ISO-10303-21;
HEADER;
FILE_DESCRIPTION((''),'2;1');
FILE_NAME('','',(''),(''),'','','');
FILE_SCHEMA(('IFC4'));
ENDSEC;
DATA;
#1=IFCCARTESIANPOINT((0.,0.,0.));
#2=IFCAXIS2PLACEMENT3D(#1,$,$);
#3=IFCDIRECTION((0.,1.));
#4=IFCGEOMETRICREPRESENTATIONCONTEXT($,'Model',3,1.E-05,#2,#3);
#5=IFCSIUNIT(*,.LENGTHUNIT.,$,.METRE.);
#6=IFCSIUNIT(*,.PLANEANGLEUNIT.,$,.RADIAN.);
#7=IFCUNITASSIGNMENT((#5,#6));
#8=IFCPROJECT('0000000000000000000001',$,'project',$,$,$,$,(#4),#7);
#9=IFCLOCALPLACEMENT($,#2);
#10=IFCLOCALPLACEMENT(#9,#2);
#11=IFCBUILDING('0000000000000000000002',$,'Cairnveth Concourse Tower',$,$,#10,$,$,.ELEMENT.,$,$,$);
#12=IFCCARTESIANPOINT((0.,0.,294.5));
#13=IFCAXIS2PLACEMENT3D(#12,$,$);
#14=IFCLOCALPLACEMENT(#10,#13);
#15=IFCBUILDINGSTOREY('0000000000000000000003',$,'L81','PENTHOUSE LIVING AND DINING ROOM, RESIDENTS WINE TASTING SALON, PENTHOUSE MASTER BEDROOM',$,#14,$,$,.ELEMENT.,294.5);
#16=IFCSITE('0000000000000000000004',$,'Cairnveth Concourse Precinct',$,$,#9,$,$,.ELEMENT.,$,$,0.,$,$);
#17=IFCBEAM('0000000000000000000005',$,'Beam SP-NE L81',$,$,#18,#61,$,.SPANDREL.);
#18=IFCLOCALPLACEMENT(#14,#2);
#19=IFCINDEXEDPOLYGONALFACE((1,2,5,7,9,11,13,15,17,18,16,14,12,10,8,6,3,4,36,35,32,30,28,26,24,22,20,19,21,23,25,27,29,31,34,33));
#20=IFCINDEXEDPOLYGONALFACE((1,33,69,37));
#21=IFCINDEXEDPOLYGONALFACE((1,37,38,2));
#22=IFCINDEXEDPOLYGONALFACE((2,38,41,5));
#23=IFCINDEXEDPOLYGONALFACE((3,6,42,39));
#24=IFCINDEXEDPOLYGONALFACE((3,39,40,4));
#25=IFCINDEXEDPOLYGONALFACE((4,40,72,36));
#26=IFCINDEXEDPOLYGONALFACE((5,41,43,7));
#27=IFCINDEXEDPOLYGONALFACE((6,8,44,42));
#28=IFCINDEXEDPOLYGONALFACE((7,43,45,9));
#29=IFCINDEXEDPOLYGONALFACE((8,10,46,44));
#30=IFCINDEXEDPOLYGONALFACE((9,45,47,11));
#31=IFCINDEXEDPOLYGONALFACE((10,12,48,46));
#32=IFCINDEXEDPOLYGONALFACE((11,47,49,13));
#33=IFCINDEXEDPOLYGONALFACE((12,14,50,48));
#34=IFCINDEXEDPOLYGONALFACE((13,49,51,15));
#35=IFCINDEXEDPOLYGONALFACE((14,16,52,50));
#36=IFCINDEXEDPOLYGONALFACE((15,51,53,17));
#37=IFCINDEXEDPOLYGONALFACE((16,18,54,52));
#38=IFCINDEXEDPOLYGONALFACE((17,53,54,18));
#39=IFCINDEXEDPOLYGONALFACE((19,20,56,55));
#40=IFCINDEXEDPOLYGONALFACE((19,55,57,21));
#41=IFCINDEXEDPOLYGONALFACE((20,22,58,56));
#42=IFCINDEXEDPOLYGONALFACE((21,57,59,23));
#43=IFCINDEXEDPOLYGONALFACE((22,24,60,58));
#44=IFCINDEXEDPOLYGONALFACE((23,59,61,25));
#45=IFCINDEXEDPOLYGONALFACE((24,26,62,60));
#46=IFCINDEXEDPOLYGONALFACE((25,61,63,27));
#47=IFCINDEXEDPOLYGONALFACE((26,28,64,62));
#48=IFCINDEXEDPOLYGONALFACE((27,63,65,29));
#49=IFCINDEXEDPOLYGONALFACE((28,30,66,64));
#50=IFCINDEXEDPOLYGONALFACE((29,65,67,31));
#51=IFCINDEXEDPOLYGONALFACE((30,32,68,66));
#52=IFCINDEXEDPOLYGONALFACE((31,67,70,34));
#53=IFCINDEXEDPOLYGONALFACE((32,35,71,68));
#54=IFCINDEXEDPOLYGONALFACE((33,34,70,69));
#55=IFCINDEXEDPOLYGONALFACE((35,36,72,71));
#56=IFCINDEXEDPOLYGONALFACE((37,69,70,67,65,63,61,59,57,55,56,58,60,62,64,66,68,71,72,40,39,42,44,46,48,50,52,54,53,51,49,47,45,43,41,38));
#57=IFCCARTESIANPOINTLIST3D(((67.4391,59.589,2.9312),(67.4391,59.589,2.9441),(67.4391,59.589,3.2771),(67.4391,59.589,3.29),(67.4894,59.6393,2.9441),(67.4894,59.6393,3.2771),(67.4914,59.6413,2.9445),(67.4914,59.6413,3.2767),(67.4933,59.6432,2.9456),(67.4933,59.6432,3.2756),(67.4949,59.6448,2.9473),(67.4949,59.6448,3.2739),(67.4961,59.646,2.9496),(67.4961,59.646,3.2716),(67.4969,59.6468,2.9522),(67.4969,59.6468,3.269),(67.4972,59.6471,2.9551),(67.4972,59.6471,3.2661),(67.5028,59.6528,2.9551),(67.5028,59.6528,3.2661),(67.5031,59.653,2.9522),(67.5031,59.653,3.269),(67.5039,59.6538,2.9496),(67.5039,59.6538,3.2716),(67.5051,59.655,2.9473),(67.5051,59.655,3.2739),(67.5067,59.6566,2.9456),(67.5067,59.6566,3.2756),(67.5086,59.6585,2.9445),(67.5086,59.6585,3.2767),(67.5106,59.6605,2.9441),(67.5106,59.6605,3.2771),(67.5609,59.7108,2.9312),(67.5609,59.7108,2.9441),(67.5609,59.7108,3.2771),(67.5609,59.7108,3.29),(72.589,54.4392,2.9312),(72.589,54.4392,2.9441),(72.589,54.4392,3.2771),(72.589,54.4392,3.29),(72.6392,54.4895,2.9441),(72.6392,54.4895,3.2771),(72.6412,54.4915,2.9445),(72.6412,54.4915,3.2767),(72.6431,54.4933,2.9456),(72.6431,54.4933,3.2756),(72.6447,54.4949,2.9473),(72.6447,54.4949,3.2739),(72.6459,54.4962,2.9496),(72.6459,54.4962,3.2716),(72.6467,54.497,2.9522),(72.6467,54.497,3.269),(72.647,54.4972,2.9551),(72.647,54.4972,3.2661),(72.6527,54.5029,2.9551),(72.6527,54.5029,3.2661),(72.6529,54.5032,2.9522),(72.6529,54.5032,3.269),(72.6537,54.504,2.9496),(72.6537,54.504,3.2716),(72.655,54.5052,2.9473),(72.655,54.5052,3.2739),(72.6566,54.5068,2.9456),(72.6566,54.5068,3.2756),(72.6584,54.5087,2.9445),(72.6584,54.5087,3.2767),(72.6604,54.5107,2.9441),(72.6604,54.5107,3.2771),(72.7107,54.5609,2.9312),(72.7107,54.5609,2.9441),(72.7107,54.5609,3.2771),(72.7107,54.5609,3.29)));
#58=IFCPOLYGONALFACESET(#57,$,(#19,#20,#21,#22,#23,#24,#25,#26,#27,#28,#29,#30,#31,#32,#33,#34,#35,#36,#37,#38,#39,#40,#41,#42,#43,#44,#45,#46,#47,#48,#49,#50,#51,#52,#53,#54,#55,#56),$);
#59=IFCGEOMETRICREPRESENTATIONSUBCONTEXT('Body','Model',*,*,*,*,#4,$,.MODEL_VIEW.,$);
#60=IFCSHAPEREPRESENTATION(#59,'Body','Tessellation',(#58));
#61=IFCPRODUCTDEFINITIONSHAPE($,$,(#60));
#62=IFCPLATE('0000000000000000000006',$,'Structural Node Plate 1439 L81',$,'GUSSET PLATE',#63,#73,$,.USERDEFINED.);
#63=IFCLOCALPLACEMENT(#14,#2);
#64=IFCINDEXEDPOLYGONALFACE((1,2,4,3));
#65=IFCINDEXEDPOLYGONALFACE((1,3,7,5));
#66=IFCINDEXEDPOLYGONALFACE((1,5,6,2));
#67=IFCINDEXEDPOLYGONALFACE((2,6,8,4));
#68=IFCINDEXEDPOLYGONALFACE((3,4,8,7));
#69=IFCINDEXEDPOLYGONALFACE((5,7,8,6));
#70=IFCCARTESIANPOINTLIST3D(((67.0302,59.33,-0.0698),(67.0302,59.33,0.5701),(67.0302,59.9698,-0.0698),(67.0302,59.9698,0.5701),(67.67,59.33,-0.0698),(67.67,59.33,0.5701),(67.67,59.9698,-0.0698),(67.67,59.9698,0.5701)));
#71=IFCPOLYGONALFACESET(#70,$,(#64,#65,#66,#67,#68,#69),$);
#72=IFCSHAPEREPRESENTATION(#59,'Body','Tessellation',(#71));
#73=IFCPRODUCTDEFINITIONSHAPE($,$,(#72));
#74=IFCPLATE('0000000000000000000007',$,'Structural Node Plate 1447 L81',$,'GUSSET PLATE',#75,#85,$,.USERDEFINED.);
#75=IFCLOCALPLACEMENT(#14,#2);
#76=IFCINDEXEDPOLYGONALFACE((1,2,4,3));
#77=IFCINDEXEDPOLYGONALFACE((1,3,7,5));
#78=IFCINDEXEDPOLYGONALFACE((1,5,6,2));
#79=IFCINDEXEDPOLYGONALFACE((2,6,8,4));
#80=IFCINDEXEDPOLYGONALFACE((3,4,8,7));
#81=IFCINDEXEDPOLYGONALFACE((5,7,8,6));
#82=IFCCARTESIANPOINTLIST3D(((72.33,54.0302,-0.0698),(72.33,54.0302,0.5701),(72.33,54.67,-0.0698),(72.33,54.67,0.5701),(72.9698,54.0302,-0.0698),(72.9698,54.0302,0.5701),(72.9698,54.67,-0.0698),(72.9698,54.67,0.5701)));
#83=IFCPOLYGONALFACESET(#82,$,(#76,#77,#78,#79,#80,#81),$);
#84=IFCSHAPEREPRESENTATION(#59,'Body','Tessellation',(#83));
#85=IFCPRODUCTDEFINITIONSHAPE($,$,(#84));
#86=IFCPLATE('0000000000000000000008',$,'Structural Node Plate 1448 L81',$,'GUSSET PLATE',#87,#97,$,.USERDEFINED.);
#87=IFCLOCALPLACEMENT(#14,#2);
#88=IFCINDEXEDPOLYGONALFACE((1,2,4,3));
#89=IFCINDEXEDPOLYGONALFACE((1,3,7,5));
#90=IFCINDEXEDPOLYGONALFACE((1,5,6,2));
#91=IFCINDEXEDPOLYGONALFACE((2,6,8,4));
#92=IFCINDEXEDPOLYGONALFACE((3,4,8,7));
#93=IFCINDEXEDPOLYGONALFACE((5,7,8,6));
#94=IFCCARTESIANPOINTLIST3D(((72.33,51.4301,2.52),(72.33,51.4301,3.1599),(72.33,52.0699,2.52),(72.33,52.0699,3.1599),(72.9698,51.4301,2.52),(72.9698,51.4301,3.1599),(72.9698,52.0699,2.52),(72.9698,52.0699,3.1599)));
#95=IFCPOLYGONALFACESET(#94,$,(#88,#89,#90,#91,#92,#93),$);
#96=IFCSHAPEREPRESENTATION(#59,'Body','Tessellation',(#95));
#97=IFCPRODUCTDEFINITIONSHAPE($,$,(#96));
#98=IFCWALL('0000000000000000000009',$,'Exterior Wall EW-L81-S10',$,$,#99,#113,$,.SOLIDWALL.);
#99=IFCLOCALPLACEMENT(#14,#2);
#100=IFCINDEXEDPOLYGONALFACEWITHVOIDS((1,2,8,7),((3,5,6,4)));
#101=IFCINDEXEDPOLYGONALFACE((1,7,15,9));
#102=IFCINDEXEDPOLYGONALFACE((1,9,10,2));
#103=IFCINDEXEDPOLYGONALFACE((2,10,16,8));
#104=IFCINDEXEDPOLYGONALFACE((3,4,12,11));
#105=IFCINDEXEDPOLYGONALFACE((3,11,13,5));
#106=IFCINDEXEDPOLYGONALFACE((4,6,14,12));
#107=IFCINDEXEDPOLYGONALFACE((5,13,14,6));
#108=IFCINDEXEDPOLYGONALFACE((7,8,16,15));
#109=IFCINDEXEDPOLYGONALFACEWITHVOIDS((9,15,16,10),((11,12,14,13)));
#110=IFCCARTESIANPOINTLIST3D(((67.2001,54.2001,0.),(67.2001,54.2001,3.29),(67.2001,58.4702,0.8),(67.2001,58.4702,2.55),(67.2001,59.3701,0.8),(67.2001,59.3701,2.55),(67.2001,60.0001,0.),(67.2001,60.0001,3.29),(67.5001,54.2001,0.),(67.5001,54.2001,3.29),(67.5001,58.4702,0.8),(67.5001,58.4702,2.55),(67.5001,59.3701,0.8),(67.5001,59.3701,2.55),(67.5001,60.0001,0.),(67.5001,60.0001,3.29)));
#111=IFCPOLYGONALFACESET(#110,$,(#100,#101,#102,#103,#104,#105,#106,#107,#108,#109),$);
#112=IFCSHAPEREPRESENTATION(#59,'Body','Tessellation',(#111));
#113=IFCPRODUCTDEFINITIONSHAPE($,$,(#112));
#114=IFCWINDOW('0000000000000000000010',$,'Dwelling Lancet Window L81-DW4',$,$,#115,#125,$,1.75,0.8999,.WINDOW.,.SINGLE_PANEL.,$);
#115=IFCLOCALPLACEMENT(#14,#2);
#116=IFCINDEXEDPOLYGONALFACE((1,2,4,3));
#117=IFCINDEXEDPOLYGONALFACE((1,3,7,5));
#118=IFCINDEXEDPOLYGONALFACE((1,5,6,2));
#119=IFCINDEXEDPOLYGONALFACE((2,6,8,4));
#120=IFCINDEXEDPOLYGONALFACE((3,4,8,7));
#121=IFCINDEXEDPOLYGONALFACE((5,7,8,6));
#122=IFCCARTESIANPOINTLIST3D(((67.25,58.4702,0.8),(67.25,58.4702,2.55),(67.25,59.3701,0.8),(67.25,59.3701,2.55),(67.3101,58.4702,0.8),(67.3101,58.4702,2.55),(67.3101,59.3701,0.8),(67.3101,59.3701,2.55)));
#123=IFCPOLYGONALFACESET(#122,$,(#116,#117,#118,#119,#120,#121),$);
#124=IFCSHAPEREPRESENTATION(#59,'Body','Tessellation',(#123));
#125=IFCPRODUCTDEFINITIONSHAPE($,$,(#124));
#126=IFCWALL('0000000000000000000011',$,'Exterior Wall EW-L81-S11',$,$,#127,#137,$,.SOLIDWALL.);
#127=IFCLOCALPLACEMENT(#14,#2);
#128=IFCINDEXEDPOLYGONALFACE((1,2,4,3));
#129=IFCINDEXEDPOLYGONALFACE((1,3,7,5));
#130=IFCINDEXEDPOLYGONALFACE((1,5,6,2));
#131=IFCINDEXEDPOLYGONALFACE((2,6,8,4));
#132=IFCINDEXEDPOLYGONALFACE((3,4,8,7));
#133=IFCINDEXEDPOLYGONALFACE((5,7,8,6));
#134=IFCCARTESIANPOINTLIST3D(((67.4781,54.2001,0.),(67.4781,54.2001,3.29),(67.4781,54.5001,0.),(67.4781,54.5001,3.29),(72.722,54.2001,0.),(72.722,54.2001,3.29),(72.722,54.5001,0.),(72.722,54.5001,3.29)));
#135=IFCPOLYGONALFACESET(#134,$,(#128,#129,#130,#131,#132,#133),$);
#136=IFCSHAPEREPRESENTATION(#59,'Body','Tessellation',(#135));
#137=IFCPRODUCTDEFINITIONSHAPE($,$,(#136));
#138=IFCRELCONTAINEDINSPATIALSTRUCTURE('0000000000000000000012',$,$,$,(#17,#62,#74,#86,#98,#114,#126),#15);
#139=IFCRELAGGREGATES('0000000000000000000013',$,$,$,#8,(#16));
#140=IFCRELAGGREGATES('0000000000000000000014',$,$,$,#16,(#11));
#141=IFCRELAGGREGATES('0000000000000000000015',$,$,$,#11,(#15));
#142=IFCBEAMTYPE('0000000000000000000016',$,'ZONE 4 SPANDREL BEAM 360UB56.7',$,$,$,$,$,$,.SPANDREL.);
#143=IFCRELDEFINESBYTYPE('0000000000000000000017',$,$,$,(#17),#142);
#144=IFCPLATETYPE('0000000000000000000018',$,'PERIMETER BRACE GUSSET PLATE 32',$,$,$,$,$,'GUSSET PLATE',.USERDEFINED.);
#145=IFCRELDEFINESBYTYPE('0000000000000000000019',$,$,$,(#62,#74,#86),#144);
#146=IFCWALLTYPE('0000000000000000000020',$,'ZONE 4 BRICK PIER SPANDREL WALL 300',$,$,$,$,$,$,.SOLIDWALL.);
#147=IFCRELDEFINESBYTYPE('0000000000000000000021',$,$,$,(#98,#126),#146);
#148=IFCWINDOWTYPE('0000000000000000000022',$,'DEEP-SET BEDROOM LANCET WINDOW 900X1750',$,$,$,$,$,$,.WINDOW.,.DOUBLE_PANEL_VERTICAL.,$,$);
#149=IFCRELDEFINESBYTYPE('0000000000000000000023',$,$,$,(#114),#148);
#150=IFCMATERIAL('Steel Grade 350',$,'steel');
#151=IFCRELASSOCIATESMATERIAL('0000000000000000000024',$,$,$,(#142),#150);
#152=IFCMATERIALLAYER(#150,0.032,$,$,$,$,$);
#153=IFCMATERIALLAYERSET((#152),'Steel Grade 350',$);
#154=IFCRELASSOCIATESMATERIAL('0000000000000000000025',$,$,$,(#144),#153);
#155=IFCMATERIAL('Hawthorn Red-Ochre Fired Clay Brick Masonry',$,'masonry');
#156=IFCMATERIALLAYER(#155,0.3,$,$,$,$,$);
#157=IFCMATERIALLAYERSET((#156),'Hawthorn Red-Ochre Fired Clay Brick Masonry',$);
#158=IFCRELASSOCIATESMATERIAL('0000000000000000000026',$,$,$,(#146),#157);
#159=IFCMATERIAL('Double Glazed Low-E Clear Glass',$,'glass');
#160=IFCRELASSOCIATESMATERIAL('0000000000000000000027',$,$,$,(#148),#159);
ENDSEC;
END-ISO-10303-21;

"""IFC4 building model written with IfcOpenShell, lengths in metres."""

from ifc_helpers import new_model, si_unit, direction, frame, frame_2d, origin, origin_2d, place, context, subcontext, project, spatial, rectangle, i_section, extrude, material, layer, layer_set, material_profile, profile_set, type_object, element, fill, save


model = new_model("IFC4")

# Units and contexts
model_context = context("Model", 3, precision=1e-05, world=origin(), true_north=direction((0.0, 1.0)))
body_context = subcontext(model_context, "Body", "Model", "MODEL_VIEW")
ifc_project = project(units=[si_unit("LENGTHUNIT", "METRE"), si_unit("PLANEANGLEUNIT", "RADIAN")], contexts=[model_context])

# Site, building, storey
site_placement = place(None, origin())
site = spatial("IfcSite", under=ifc_project, at=site_placement, Name="Cairnveth Concourse Precinct", CompositionType="ELEMENT", RefElevation=0.0)
building_placement = place(site_placement, origin())
building = spatial("IfcBuilding", under=site, at=building_placement, Name="Cairnveth Concourse Tower", CompositionType="ELEMENT")
storey_placement = place(building_placement, frame((0.0, 0.0, 294.5)))
storey = spatial("IfcBuildingStorey", under=building, at=storey_placement, Name="L81", Description="PENTHOUSE LIVING AND DINING ROOM, RESIDENTS WINE TASTING SALON, PENTHOUSE MASTER BEDROOM", CompositionType="ELEMENT", Elevation=294.5)

# Shared definitions
ifc_material_1 = material(Name="Steel Grade 350", Category="steel")

# Beam
ifc_material_profile_1 = material_profile(ifc_material_1, i_section(OverallWidth=0.1721, OverallDepth=0.3589, WebThickness=0.0081, FlangeThickness=0.0129, FilletRadius=0.011, at=origin_2d()), Name="360UB56.7")
ifc_profile_set_1 = profile_set([ifc_material_profile_1], Name="Steel Grade 350")
beam_type_1 = type_object("IfcBeamType", Name="ZONE 4 SPANDREL BEAM 360UB56.7", PredefinedType="SPANDREL", material=ifc_profile_set_1)
beam_1_placement = place(storey_placement, frame((67.5, 59.6499, 3.1106), z_axis=(0.707107, -0.707107, 0.0), x_axis=(0.707107, 0.707107, 0.0)))
element("IfcBeam", 1, at=beam_1_placement, inside=storey, type_object=beam_type_1, Name="Beam SP-NE L81", PredefinedType="SPANDREL", context=body_context, shape_type="SweptSolid", body=[
    extrude(i_section(OverallWidth=0.1721, OverallDepth=0.3589, WebThickness=0.0081, FlangeThickness=0.0129, FilletRadius=0.011, at=origin_2d()), origin(), (0.0, 0.0, 1.0), 7.283),
])

# Plates
ifc_layer_1 = layer(ifc_material_1, 0.032)
ifc_layer_set_1 = layer_set([ifc_layer_1], Name="Steel Grade 350")
plate_type = type_object("IfcPlateType", Name="PERIMETER BRACE GUSSET PLATE 32", ElementType="GUSSET PLATE", PredefinedType="USERDEFINED", material=ifc_layer_set_1)
for number, where, z_axis, x_axis, name in (
    (2, (67.3501, 59.6499, -0.0698), (0.0, 0.0, 1.0), (1.0, 0.0, 0.0), "Structural Node Plate 1439 L81"),
    (3, (72.6499, 54.3501, -0.0698), (0.0, 0.0, 1.0), (1.0, 0.0, 0.0), "Structural Node Plate 1447 L81"),
    (4, (72.6499, 51.75, 2.52), (0.0, 0.0, 1.0), (1.0, 0.0, 0.0), "Structural Node Plate 1448 L81"),
):
    element("IfcPlate", number, at=place(storey_placement, frame(where, z_axis=z_axis, x_axis=x_axis)), inside=storey, type_object=plate_type, Name=name, ObjectType="GUSSET PLATE", PredefinedType="USERDEFINED", context=body_context, shape_type="SweptSolid", body=[
        extrude(rectangle(XDim=0.6399, YDim=0.6399, at=origin_2d()), origin(), (0.0, 0.0, 1.0), 0.6399),
    ])

# Wall, opening, window
ifc_material_2 = material(Name="Hawthorn Red-Ochre Fired Clay Brick Masonry", Category="masonry")
ifc_layer_2 = layer(ifc_material_2, 0.3)
ifc_layer_set_2 = layer_set([ifc_layer_2], Name="Hawthorn Red-Ochre Fired Clay Brick Masonry")
wall_type = type_object("IfcWallType", Name="ZONE 4 BRICK PIER SPANDREL WALL 300", PredefinedType="SOLIDWALL", material=ifc_layer_set_2)
wall_1_placement = place(storey_placement, frame((67.3501, 60.0, 0.0), z_axis=(0.0, 0.0, 1.0), x_axis=(0.0, -1.0, 0.0)))
wall_1 = element("IfcWall", 5, at=wall_1_placement, inside=storey, type_object=wall_type, Name="Exterior Wall EW-L81-S10", PredefinedType="SOLIDWALL", context=body_context, shape_type="SweptSolid", body=[
    extrude(rectangle(XDim=5.8, YDim=0.3, at=frame_2d((2.8999, 0.0))), origin(), (0.0, 0.0, 1.0), 3.29),
])
opening_1_placement = place(wall_1_placement, frame((0.6299, 0.0, 0.8)))
opening_1 = element("IfcOpeningElement", 6, at=opening_1_placement, cuts=wall_1, PredefinedType="OPENING", context=body_context, shape_type="SweptSolid", body=[
    extrude(rectangle(XDim=0.8999, YDim=1.75, at=frame_2d((0.45, 0.875))), frame((0.0, 0.1599, 0.0), z_axis=(0.0, -1.0, 0.0), x_axis=(1.0, 0.0, 0.0)), (0.0, 0.0, 1.0), 0.3201),
])
ifc_material_3 = material(Name="Double Glazed Low-E Clear Glass", Category="glass")
window_type_1 = type_object("IfcWindowType", Name="DEEP-SET BEDROOM LANCET WINDOW 900X1750", PartitioningType="DOUBLE_PANEL_VERTICAL", PredefinedType="WINDOW", material=ifc_material_3)
window_1_placement = place(opening_1_placement, origin())
window_1 = element("IfcWindow", 7, at=window_1_placement, inside=storey, type_object=window_type_1, Name="Dwelling Lancet Window L81-DW4", OverallHeight=1.75, OverallWidth=0.8999, PartitioningType="SINGLE_PANEL", PredefinedType="WINDOW", context=body_context, shape_type="SweptSolid", body=[
    extrude(rectangle(XDim=0.8999, YDim=1.75, at=frame_2d((0.45, 0.875))), frame((0.0, -0.04, 0.0), z_axis=(0.0, -1.0, 0.0), x_axis=(1.0, 0.0, 0.0)), (0.0, 0.0, 1.0), 0.0601),
])
fill(opening_1, window_1)

# Wall
wall_2_placement = place(storey_placement, frame((67.478, 54.3501, 0.0), z_axis=(0.0, 0.0, 1.0), x_axis=(1.0, 0.0, 0.0)))
element("IfcWall", 8, at=wall_2_placement, inside=storey, type_object=wall_type, Name="Exterior Wall EW-L81-S11", PredefinedType="SOLIDWALL", context=body_context, shape_type="SweptSolid", body=[
    extrude(rectangle(XDim=5.2439, YDim=0.3, at=frame_2d((2.6221, 0.0))), origin(), (0.0, 0.0, 1.0), 3.29),
])

save(model, "model.ifc")
